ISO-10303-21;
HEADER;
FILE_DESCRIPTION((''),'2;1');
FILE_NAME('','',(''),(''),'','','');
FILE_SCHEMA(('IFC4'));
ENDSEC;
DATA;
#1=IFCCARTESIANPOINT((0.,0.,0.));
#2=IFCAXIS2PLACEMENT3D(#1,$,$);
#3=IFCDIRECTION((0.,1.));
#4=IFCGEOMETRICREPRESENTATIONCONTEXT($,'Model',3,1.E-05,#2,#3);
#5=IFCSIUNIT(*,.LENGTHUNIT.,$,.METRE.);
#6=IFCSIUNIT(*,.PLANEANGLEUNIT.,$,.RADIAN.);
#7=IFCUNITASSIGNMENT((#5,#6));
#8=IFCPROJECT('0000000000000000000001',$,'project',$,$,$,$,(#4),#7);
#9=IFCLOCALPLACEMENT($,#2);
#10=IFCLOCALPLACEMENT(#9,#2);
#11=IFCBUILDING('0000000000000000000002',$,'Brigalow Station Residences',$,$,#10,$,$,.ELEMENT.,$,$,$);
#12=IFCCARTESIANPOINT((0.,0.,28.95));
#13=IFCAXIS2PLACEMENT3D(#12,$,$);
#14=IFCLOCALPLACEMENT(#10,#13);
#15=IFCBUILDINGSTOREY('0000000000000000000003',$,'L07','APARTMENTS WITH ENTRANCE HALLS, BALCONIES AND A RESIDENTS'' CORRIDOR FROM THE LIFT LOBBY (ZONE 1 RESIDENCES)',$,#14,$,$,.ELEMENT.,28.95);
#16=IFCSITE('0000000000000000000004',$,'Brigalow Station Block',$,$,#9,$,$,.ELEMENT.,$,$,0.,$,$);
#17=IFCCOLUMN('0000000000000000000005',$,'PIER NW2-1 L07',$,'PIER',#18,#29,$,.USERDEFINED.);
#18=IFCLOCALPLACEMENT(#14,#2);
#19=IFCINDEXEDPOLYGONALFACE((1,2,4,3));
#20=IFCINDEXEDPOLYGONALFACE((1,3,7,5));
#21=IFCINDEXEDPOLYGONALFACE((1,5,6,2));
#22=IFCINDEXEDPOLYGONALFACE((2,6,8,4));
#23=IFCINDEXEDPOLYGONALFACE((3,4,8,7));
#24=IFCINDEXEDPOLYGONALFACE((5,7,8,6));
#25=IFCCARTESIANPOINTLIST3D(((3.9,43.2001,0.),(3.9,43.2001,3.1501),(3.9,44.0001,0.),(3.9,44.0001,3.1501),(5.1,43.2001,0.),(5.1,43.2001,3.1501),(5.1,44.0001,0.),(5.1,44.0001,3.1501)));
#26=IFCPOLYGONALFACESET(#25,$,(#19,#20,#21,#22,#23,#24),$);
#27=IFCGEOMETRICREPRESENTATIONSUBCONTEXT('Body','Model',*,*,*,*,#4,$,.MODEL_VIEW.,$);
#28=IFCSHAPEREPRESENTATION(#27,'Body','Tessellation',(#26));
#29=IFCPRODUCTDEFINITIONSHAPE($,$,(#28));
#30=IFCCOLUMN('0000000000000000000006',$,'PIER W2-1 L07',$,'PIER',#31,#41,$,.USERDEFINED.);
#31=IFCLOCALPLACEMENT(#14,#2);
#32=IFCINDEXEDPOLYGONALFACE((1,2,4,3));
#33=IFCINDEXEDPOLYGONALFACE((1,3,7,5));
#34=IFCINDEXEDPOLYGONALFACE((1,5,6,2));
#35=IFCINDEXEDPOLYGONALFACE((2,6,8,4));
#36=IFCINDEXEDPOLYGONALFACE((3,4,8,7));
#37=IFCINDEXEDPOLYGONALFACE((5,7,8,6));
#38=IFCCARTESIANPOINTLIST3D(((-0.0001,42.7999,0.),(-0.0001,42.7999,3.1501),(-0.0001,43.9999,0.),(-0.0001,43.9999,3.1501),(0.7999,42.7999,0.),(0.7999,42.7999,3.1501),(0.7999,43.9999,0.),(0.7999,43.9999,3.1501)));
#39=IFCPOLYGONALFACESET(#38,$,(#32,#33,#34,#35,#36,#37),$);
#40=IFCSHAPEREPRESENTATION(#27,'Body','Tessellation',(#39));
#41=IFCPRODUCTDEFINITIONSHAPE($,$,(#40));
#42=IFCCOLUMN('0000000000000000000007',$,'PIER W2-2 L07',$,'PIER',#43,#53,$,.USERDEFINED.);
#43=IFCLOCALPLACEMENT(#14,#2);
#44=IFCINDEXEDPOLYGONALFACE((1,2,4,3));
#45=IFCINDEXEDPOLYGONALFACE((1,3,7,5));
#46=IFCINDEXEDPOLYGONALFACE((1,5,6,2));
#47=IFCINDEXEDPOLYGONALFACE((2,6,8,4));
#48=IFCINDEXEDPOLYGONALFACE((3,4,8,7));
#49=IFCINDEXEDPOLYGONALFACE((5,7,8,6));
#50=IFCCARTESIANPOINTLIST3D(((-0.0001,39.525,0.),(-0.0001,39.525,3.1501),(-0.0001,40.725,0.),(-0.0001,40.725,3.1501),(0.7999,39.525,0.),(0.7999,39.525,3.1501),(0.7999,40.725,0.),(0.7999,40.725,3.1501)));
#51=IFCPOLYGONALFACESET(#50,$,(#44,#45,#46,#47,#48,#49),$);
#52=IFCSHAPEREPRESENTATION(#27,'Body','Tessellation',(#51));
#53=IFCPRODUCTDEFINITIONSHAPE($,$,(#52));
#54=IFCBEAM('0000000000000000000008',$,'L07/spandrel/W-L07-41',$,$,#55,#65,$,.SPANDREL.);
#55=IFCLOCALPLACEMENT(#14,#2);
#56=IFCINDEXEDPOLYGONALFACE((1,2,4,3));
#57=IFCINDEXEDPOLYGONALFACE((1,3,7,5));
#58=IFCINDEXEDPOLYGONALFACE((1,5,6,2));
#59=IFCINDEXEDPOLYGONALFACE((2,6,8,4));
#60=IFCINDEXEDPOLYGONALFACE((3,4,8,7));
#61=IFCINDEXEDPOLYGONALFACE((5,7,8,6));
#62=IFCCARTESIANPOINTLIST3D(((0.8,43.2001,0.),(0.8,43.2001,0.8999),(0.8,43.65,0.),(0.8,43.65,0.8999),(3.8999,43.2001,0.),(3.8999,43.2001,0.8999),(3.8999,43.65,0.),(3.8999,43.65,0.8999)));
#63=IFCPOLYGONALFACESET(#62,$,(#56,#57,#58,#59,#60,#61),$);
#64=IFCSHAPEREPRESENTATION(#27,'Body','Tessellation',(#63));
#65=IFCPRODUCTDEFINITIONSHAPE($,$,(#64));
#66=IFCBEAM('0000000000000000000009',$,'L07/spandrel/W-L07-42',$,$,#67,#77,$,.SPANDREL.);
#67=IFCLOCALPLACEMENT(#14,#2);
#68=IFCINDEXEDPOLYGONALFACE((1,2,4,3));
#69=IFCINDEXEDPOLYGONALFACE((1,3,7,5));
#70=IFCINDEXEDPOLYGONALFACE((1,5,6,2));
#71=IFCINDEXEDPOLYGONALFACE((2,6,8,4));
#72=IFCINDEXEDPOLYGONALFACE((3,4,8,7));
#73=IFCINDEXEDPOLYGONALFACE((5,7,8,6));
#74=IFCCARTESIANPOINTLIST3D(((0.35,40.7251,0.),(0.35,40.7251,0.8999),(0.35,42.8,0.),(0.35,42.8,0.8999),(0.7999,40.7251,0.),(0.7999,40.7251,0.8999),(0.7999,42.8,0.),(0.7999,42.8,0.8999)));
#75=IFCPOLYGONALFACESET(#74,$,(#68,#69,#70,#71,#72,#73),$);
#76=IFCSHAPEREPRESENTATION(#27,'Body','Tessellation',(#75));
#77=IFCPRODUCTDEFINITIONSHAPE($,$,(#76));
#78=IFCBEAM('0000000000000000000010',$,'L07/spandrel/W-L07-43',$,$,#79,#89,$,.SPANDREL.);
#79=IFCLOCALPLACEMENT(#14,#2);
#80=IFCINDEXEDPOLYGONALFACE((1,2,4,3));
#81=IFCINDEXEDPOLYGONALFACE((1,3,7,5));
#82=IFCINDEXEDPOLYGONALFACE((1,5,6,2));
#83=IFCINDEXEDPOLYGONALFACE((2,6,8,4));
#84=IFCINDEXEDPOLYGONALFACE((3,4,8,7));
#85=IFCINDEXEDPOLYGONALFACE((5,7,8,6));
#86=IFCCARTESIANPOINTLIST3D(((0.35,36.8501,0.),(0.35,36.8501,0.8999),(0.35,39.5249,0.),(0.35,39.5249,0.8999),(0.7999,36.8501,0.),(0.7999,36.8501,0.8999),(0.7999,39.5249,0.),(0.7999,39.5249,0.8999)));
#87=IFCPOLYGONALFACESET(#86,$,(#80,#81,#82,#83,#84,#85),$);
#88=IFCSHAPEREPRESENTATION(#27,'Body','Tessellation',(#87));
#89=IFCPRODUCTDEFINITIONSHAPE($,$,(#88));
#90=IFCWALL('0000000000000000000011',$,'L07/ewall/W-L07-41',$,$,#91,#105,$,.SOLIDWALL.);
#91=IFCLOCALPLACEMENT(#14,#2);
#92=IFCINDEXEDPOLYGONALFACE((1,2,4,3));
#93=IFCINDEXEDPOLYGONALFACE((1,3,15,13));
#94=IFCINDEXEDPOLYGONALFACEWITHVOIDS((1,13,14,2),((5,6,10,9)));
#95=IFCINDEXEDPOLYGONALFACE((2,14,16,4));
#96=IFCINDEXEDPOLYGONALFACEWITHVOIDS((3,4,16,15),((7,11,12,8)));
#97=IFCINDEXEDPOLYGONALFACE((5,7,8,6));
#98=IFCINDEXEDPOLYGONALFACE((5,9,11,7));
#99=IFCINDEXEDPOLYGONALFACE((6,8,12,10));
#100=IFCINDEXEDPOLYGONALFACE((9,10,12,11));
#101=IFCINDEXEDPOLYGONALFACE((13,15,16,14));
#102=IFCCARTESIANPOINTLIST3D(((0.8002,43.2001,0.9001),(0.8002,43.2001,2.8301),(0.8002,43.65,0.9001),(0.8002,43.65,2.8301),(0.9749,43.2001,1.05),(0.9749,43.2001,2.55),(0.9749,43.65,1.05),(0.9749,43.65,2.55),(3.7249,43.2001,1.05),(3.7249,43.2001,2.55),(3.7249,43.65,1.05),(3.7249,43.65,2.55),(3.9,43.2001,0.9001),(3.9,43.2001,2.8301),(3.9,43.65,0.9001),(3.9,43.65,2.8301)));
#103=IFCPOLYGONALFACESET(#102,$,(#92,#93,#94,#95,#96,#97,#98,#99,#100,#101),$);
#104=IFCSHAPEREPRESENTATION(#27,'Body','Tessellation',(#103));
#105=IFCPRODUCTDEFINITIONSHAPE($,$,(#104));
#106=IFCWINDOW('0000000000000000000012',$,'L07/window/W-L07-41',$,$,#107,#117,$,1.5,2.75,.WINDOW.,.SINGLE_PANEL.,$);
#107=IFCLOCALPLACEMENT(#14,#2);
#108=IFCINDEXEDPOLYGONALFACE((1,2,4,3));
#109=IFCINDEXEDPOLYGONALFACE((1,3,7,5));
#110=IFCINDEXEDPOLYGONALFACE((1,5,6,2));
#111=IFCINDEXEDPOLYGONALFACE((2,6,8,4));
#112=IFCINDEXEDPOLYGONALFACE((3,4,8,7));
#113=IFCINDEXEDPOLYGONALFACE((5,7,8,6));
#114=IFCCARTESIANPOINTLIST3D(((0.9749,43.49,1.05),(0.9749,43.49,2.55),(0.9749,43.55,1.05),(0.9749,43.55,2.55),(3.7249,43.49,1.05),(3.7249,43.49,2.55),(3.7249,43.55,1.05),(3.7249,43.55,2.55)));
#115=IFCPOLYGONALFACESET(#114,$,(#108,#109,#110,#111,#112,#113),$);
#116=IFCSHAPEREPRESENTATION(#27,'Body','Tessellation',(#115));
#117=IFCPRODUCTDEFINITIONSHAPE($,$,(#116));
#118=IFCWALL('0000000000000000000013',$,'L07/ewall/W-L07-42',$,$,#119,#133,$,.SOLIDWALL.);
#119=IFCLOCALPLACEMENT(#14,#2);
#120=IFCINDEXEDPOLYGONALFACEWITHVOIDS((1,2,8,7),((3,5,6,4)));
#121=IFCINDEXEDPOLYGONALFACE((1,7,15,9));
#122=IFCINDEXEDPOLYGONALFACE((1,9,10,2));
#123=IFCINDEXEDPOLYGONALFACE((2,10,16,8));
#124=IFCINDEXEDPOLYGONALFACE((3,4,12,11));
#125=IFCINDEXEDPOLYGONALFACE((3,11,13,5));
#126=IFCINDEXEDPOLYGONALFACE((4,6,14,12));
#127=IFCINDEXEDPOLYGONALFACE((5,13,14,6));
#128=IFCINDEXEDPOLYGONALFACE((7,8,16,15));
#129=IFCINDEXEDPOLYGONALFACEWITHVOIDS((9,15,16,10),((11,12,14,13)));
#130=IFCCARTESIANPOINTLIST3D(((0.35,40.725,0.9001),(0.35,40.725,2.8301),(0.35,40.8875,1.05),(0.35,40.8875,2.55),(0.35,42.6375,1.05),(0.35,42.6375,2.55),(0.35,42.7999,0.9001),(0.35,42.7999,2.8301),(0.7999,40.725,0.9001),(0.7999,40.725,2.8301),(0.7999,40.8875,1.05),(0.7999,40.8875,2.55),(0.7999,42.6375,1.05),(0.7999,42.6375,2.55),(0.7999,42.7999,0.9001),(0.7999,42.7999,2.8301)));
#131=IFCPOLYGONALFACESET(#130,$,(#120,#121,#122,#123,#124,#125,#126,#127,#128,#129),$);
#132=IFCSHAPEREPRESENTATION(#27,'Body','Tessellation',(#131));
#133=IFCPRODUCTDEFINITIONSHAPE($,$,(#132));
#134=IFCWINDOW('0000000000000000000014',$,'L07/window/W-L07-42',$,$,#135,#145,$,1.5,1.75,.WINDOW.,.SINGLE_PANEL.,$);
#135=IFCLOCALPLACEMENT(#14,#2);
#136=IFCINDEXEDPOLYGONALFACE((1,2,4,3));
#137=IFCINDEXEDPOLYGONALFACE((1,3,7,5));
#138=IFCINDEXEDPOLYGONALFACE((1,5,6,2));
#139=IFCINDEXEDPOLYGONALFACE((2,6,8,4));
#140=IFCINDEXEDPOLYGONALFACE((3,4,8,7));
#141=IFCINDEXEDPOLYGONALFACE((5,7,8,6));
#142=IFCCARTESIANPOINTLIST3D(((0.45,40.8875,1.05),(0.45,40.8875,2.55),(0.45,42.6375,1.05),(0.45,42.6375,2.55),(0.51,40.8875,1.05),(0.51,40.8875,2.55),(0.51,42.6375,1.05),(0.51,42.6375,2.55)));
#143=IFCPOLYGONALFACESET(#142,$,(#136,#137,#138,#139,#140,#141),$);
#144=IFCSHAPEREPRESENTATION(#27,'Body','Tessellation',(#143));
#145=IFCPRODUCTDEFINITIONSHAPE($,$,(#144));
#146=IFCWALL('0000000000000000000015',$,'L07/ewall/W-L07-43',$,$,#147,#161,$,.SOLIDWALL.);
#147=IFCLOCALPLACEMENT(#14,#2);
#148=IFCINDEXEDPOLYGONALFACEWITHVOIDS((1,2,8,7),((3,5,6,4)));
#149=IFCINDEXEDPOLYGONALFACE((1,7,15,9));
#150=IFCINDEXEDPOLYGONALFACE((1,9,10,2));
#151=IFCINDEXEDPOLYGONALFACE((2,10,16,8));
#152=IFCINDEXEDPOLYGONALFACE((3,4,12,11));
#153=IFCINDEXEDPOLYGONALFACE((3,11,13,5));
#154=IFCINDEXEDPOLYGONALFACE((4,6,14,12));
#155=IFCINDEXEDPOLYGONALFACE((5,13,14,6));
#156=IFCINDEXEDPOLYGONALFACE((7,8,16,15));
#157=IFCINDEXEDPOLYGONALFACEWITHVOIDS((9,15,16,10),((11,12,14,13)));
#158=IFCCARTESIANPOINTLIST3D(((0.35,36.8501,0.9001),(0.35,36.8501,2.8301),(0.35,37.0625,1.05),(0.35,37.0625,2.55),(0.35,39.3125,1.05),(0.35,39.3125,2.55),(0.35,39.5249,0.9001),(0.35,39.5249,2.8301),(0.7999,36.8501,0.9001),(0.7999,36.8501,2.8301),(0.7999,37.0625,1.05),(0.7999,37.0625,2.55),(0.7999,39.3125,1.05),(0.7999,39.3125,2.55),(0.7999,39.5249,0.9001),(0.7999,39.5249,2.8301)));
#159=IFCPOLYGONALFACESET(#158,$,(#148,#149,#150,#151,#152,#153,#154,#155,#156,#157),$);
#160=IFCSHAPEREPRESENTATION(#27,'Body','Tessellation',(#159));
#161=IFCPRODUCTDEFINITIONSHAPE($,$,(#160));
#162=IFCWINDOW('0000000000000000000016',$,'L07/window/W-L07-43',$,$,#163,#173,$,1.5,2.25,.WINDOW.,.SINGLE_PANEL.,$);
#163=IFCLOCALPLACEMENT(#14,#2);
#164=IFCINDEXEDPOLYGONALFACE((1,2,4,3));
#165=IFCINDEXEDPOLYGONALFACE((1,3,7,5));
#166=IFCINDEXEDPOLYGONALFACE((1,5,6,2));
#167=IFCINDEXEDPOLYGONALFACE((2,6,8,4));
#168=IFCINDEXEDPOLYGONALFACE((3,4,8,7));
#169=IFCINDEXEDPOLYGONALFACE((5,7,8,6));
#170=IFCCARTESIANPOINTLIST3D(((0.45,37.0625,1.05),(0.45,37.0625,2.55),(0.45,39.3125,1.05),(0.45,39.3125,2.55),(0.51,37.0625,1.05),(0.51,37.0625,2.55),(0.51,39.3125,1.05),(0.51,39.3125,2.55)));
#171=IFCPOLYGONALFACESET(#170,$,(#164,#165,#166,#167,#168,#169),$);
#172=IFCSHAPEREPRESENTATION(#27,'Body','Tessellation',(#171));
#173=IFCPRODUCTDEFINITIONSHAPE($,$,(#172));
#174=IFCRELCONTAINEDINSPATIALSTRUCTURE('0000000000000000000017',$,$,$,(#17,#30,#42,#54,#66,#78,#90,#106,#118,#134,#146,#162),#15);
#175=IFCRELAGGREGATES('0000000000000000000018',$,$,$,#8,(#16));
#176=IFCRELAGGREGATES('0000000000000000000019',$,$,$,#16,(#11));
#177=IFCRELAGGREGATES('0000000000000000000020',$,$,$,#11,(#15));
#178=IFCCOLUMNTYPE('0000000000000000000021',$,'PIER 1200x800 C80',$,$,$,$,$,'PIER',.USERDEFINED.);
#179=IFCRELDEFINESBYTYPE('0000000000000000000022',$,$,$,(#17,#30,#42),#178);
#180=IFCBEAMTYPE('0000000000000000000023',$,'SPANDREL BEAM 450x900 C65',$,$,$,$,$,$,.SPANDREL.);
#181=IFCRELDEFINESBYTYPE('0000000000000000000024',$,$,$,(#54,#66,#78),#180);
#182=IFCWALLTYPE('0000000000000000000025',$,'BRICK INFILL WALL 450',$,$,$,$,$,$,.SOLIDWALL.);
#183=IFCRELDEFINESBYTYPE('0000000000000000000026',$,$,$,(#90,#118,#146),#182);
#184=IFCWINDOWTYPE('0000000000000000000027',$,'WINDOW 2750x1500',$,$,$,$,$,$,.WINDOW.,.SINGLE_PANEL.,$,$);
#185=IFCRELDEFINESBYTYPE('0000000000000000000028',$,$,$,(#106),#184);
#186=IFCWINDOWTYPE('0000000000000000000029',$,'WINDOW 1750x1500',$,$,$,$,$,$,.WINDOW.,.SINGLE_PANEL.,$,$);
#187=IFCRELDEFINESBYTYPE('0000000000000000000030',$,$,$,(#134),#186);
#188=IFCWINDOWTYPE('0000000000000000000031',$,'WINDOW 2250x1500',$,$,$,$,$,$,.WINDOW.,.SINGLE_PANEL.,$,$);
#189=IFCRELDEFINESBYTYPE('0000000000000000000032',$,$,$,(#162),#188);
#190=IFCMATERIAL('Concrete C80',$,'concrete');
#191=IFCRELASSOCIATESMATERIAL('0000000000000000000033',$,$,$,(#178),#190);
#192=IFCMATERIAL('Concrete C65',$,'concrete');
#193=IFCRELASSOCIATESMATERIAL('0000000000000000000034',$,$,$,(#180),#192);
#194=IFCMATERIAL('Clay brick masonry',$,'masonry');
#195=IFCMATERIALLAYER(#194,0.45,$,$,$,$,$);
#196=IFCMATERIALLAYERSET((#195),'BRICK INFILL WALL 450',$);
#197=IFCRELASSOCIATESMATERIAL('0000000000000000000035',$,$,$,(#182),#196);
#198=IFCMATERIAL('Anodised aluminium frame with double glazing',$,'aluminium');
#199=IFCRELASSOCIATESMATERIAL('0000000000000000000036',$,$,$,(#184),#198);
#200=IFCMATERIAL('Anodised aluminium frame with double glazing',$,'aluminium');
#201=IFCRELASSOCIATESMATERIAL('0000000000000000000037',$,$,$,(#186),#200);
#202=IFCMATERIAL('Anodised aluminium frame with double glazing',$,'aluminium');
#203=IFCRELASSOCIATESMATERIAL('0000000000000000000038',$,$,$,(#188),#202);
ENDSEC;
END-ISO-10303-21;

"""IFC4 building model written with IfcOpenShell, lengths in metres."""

from ifc_helpers import new_model, si_unit, direction, frame, frame_2d, origin, origin_2d, place, context, subcontext, project, spatial, rectangle, extrude, material, layer, layer_set, material_profile, profile_set, type_object, element, fill, save


model = new_model("IFC4")

# Units and contexts
model_context = context("Model", 3, precision=1e-05, world=origin(), true_north=direction((0.0, 1.0)))
body_context = subcontext(model_context, "Body", "Model", "MODEL_VIEW")
ifc_project = project(units=[si_unit("LENGTHUNIT", "METRE"), si_unit("PLANEANGLEUNIT", "RADIAN")], contexts=[model_context])

# Site, building, storey
site_placement = place(None, origin())
site = spatial("IfcSite", under=ifc_project, at=site_placement, Name="Brigalow Station Block", CompositionType="ELEMENT", RefElevation=0.0)
building_placement = place(site_placement, origin())
building = spatial("IfcBuilding", under=site, at=building_placement, Name="Brigalow Station Residences", CompositionType="ELEMENT")
storey_placement = place(building_placement, frame((0.0, 0.0, 28.95)))
storey = spatial("IfcBuildingStorey", under=building, at=storey_placement, Name="L07", Description="APARTMENTS WITH ENTRANCE HALLS, BALCONIES AND A RESIDENTS' CORRIDOR FROM THE LIFT LOBBY (ZONE 1 RESIDENCES)", CompositionType="ELEMENT", Elevation=28.95)

# Columns
ifc_material_1 = material(Name="Concrete C80", Category="concrete")
ifc_material_profile_1 = material_profile(ifc_material_1, rectangle(XDim=1.2, YDim=0.8, at=origin_2d()), Name="RC1200x800")
ifc_profile_set_1 = profile_set([ifc_material_profile_1], Name="Concrete C80")
column_type = type_object("IfcColumnType", Name="PIER 1200x800 C80", ElementType="PIER", PredefinedType="USERDEFINED", material=ifc_profile_set_1)
for number, where, z_axis, x_axis, name in (
    (1, (4.5, 43.6001, 0.0), (0.0, 0.0, 1.0), (-1.0, 0.0, 0.0), "PIER NW2-1 L07"),
    (2, (0.3999, 43.3999, 0.0), (0.0, 0.0, 1.0), (0.0, -1.0, 0.0), "PIER W2-1 L07"),
    (3, (0.3999, 40.125, 0.0), (0.0, 0.0, 1.0), (0.0, -1.0, 0.0), "PIER W2-2 L07"),
):
    element("IfcColumn", number, at=place(storey_placement, frame(where, z_axis=z_axis, x_axis=x_axis)), inside=storey, type_object=column_type, Name=name, ObjectType="PIER", PredefinedType="USERDEFINED", context=body_context, shape_type="SweptSolid", body=[
        extrude(rectangle(XDim=1.2, YDim=0.8, at=origin_2d()), origin(), (0.0, 0.0, 1.0), 3.1501),
    ])

# Beams
ifc_material_2 = material(Name="Concrete C65", Category="concrete")
ifc_material_profile_2 = material_profile(ifc_material_2, rectangle(XDim=0.45, YDim=0.8999, at=origin_2d()), Name="RC450x900")
ifc_profile_set_2 = profile_set([ifc_material_profile_2], Name="Concrete C65")
beam_type = type_object("IfcBeamType", Name="SPANDREL BEAM 450x900 C65", PredefinedType="SPANDREL", material=ifc_profile_set_2)
beam_1_placement = place(storey_placement, frame((3.8999, 43.425, 0.45), z_axis=(-1.0, 0.0, 0.0), x_axis=(0.0, -1.0, 0.0)))
element("IfcBeam", 4, at=beam_1_placement, inside=storey, type_object=beam_type, Name="L07/spandrel/W-L07-41", PredefinedType="SPANDREL", context=body_context, shape_type="SweptSolid", body=[
    extrude(rectangle(XDim=0.45, YDim=0.8999, at=origin_2d()), origin(), (0.0, 0.0, 1.0), 3.0999),
])
beam_2_placement = place(storey_placement, frame((0.575, 42.8, 0.45), z_axis=(0.0, -1.0, 0.0), x_axis=(1.0, 0.0, 0.0)))
element("IfcBeam", 5, at=beam_2_placement, inside=storey, type_object=beam_type, Name="L07/spandrel/W-L07-42", PredefinedType="SPANDREL", context=body_context, shape_type="SweptSolid", body=[
    extrude(rectangle(XDim=0.45, YDim=0.8999, at=origin_2d()), origin(), (0.0, 0.0, 1.0), 2.075),
])
beam_3_placement = place(storey_placement, frame((0.575, 39.5249, 0.45), z_axis=(0.0, -1.0, 0.0), x_axis=(1.0, 0.0, 0.0)))
element("IfcBeam", 6, at=beam_3_placement, inside=storey, type_object=beam_type, Name="L07/spandrel/W-L07-43", PredefinedType="SPANDREL", context=body_context, shape_type="SweptSolid", body=[
    extrude(rectangle(XDim=0.45, YDim=0.8999, at=origin_2d()), origin(), (0.0, 0.0, 1.0), 2.6748),
])

# Walls, openings, windows
ifc_material_3 = material(Name="Clay brick masonry", Category="masonry")
ifc_layer_1 = layer(ifc_material_3, 0.45)
ifc_layer_set_1 = layer_set([ifc_layer_1], Name="BRICK INFILL WALL 450")
wall_type_1 = type_object("IfcWallType", Name="BRICK INFILL WALL 450", PredefinedType="SOLIDWALL", material=ifc_layer_set_1)
wall_1_placement = place(storey_placement, frame((3.8999, 43.425, 0.9001), z_axis=(0.0, 0.0, 1.0), x_axis=(-1.0, 0.0, 0.0)))
wall_1 = element("IfcWall", 7, at=wall_1_placement, inside=storey, type_object=wall_type_1, Name="L07/ewall/W-L07-41", PredefinedType="SOLIDWALL", context=body_context, shape_type="SweptSolid", body=[
    extrude(rectangle(XDim=3.0999, YDim=0.45, at=frame_2d((1.5498, 0.0))), origin(), (0.0, 0.0, 1.0), 1.9299),
])
opening_1_placement = place(wall_1_placement, frame((0.175, 0.0, 0.1499)))
opening_1 = element("IfcOpeningElement", 8, at=opening_1_placement, cuts=wall_1, PredefinedType="OPENING", context=body_context, shape_type="SweptSolid", body=[
    extrude(rectangle(XDim=2.75, YDim=1.5, at=frame_2d((1.375, 0.75))), frame((0.0, 0.2349, 0.0), z_axis=(0.0, -1.0, 0.0), x_axis=(1.0, 0.0, 0.0)), (0.0, 0.0, 1.0), 0.47),
])
ifc_material_4 = material(Name="Anodised aluminium frame with double glazing", Category="aluminium")
window_type_1 = type_object("IfcWindowType", Name="WINDOW 2750x1500", PartitioningType="SINGLE_PANEL", PredefinedType="WINDOW", material=ifc_material_4)
window_1_placement = place(opening_1_placement, origin())
window_1 = element("IfcWindow", 9, at=window_1_placement, inside=storey, type_object=window_type_1, Name="L07/window/W-L07-41", OverallHeight=1.5, OverallWidth=2.75, PartitioningType="SINGLE_PANEL", PredefinedType="WINDOW", context=body_context, shape_type="SweptSolid", body=[
    extrude(rectangle(XDim=2.75, YDim=1.5, at=frame_2d((1.375, 0.75))), frame((0.0, -0.0649, 0.0), z_axis=(0.0, -1.0, 0.0), x_axis=(1.0, 0.0, 0.0)), (0.0, 0.0, 1.0), 0.0601),
])
fill(opening_1, window_1)
wall_2_placement = place(storey_placement, frame((0.575, 42.8, 0.9001), z_axis=(0.0, 0.0, 1.0), x_axis=(0.0, -1.0, 0.0)))
wall_2 = element("IfcWall", 10, at=wall_2_placement, inside=storey, type_object=wall_type_1, Name="L07/ewall/W-L07-42", PredefinedType="SOLIDWALL", context=body_context, shape_type="SweptSolid", body=[
    extrude(rectangle(XDim=2.075, YDim=0.45, at=frame_2d((1.0376, 0.0))), origin(), (0.0, 0.0, 1.0), 1.9299),
])
opening_2_placement = place(wall_2_placement, frame((0.1626, 0.0, 0.1499)))
opening_2 = element("IfcOpeningElement", 11, at=opening_2_placement, cuts=wall_2, PredefinedType="OPENING", context=body_context, shape_type="SweptSolid", body=[
    extrude(rectangle(XDim=1.75, YDim=1.5, at=frame_2d((0.875, 0.75))), frame((0.0, 0.2349, 0.0), z_axis=(0.0, -1.0, 0.0), x_axis=(1.0, 0.0, 0.0)), (0.0, 0.0, 1.0), 0.47),
])
ifc_material_5 = material(Name="Anodised aluminium frame with double glazing", Category="aluminium")
window_type_2 = type_object("IfcWindowType", Name="WINDOW 1750x1500", PartitioningType="SINGLE_PANEL", PredefinedType="WINDOW", material=ifc_material_5)
window_2_placement = place(opening_2_placement, origin())
window_2 = element("IfcWindow", 12, at=window_2_placement, inside=storey, type_object=window_type_2, Name="L07/window/W-L07-42", OverallHeight=1.5, OverallWidth=1.75, PartitioningType="SINGLE_PANEL", PredefinedType="WINDOW", context=body_context, shape_type="SweptSolid", body=[
    extrude(rectangle(XDim=1.75, YDim=1.5, at=frame_2d((0.875, 0.75))), frame((0.0, -0.0649, 0.0), z_axis=(0.0, -1.0, 0.0), x_axis=(1.0, 0.0, 0.0)), (0.0, 0.0, 1.0), 0.0601),
])
fill(opening_2, window_2)
wall_3_placement = place(storey_placement, frame((0.575, 39.5249, 0.9001), z_axis=(0.0, 0.0, 1.0), x_axis=(0.0, -1.0, 0.0)))
wall_3 = element("IfcWall", 13, at=wall_3_placement, inside=storey, type_object=wall_type_1, Name="L07/ewall/W-L07-43", PredefinedType="SOLIDWALL", context=body_context, shape_type="SweptSolid", body=[
    extrude(rectangle(XDim=2.6748, YDim=0.45, at=frame_2d((1.3374, 0.0))), origin(), (0.0, 0.0, 1.0), 1.9299),
])
opening_3_placement = place(wall_3_placement, frame((0.2124, 0.0, 0.1499)))
opening_3 = element("IfcOpeningElement", 14, at=opening_3_placement, cuts=wall_3, PredefinedType="OPENING", context=body_context, shape_type="SweptSolid", body=[
    extrude(rectangle(XDim=2.25, YDim=1.5, at=frame_2d((1.125, 0.75))), frame((0.0, 0.2349, 0.0), z_axis=(0.0, -1.0, 0.0), x_axis=(1.0, 0.0, 0.0)), (0.0, 0.0, 1.0), 0.47),
])
ifc_material_6 = material(Name="Anodised aluminium frame with double glazing", Category="aluminium")
window_type_3 = type_object("IfcWindowType", Name="WINDOW 2250x1500", PartitioningType="SINGLE_PANEL", PredefinedType="WINDOW", material=ifc_material_6)
window_3_placement = place(opening_3_placement, origin())
window_3 = element("IfcWindow", 15, at=window_3_placement, inside=storey, type_object=window_type_3, Name="L07/window/W-L07-43", OverallHeight=1.5, OverallWidth=2.25, PartitioningType="SINGLE_PANEL", PredefinedType="WINDOW", context=body_context, shape_type="SweptSolid", body=[
    extrude(rectangle(XDim=2.25, YDim=1.5, at=frame_2d((1.125, 0.75))), frame((0.0, -0.0649, 0.0), z_axis=(0.0, -1.0, 0.0), x_axis=(1.0, 0.0, 0.0)), (0.0, 0.0, 1.0), 0.0601),
])
fill(opening_3, window_3)

save(model, "model.ifc")
